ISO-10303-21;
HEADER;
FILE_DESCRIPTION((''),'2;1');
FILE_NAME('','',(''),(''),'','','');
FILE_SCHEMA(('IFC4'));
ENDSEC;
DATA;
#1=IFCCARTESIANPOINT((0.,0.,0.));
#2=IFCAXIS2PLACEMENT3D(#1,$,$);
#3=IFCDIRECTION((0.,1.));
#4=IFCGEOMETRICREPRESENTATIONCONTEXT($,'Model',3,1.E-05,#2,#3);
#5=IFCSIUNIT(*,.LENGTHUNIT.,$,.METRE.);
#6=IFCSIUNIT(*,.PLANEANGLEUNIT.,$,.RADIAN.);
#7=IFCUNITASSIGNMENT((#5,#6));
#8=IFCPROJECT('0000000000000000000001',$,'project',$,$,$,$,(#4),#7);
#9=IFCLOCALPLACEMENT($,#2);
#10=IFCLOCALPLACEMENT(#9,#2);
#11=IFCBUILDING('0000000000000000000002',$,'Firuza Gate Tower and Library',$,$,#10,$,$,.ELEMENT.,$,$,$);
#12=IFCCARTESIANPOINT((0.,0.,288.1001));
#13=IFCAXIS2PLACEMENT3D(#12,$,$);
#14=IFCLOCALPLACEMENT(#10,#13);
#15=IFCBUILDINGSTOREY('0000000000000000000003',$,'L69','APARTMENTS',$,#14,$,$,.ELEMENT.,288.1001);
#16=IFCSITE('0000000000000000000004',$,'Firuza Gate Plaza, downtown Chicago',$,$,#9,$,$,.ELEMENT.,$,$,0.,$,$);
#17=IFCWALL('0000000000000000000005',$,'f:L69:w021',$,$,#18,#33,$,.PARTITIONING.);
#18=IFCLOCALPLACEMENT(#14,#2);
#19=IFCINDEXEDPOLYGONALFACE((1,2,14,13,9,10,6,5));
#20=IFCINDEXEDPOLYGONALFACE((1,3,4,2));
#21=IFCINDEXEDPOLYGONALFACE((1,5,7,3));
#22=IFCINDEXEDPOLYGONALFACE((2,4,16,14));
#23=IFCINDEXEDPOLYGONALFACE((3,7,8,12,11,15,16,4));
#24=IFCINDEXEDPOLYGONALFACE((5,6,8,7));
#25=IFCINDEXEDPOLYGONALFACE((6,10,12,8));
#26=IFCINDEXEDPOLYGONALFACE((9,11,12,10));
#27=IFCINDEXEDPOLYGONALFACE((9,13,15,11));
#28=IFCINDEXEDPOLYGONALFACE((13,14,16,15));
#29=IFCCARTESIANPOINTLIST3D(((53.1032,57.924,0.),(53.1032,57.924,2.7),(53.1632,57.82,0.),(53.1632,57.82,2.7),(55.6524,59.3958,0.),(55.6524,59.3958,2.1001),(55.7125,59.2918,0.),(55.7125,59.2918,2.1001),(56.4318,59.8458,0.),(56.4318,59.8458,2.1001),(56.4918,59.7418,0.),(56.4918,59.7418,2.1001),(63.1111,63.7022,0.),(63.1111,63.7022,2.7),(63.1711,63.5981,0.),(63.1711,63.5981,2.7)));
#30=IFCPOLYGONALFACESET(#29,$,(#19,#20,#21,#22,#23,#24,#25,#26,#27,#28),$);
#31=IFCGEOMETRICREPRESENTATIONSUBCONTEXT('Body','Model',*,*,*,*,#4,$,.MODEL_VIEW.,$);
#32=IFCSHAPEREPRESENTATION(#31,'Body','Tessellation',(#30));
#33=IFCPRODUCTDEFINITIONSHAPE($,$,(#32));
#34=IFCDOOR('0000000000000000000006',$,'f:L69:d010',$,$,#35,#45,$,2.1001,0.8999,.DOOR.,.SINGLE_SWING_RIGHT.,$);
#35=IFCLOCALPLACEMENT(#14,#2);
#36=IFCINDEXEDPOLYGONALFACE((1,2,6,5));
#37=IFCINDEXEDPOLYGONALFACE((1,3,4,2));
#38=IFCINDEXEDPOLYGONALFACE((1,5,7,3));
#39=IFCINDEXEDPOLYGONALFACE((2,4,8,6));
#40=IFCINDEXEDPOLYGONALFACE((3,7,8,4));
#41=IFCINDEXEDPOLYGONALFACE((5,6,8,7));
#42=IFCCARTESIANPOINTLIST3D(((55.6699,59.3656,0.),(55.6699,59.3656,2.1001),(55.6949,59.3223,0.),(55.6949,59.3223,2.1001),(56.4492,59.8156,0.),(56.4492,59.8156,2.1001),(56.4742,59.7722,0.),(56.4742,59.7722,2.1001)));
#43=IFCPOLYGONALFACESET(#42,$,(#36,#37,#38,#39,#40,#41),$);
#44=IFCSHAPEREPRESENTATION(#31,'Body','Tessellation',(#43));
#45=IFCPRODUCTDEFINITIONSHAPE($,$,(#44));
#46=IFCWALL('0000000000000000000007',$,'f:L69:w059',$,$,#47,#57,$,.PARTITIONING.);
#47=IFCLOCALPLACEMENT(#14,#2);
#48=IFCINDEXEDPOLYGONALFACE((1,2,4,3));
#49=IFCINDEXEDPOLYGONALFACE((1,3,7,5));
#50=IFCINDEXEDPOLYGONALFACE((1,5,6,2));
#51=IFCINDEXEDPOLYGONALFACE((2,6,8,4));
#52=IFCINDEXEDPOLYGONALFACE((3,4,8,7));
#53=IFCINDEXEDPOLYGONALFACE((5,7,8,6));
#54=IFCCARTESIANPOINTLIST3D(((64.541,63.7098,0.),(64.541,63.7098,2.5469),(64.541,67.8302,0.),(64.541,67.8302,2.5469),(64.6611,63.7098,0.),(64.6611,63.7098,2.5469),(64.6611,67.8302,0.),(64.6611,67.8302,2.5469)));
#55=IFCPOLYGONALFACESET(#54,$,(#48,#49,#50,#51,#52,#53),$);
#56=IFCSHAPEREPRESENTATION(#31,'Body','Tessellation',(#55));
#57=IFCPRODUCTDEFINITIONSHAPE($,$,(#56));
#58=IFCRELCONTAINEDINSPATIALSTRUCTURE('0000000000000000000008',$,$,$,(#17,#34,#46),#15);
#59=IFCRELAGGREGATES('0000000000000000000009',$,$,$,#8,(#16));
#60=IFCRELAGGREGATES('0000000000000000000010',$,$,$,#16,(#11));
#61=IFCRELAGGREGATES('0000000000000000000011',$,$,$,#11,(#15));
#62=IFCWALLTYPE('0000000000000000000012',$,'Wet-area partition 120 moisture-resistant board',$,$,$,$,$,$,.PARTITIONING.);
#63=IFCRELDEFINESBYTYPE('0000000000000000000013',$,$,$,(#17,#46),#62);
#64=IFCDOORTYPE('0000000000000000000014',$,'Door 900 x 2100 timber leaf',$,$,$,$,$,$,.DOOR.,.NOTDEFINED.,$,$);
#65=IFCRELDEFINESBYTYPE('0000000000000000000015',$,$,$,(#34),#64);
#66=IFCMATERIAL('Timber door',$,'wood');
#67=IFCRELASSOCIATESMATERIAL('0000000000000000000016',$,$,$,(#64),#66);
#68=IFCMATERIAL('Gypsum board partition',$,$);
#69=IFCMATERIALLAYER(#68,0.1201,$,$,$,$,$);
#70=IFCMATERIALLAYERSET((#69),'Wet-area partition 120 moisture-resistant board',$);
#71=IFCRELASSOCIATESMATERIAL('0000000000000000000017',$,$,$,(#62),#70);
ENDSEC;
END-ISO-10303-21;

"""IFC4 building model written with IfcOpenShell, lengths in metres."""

from ifc_helpers import new_model, si_unit, direction, frame, frame_2d, origin, place, context, subcontext, project, spatial, rectangle, extrude, material, layer, layer_set, type_object, element, fill, save


model = new_model("IFC4")

# Units and contexts
model_context = context("Model", 3, precision=1e-05, world=origin(), true_north=direction((0.0, 1.0)))
body_context = subcontext(model_context, "Body", "Model", "MODEL_VIEW")
ifc_project = project(units=[si_unit("LENGTHUNIT", "METRE"), si_unit("PLANEANGLEUNIT", "RADIAN")], contexts=[model_context])

# Site, building, storey
site_placement = place(None, origin())
site = spatial("IfcSite", under=ifc_project, at=site_placement, Name="Firuza Gate Plaza, downtown Chicago", CompositionType="ELEMENT", RefElevation=0.0)
building_placement = place(site_placement, origin())
building = spatial("IfcBuilding", under=site, at=building_placement, Name="Firuza Gate Tower and Library", CompositionType="ELEMENT")
storey_placement = place(building_placement, frame((0.0, 0.0, 288.1001)))
storey = spatial("IfcBuildingStorey", under=building, at=storey_placement, Name="L69", Description="APARTMENTS", CompositionType="ELEMENT", Elevation=288.1001)

# Shared definitions
ifc_material_1 = material(Name="Timber door", Category="wood")
door_type_1 = type_object("IfcDoorType", Name="Door 900 x 2100 timber leaf", OperationType="NOTDEFINED", PredefinedType="DOOR", material=ifc_material_1)

# Shared definitions
ifc_material_2 = material(Name="Gypsum board partition")
ifc_layer_1 = layer(ifc_material_2, 0.1201)
ifc_layer_set_1 = layer_set([ifc_layer_1], Name="Wet-area partition 120 moisture-resistant board")
wall_type_1 = type_object("IfcWallType", Name="Wet-area partition 120 moisture-resistant board", PredefinedType="PARTITIONING", material=ifc_layer_set_1)

# Wall, opening, door
wall_1_placement = place(storey_placement, frame((63.1411, 63.6501, 0.0), z_axis=(0.0, 0.0, 1.0), x_axis=(-0.866023, -0.500004, 0.0)))
wall_1 = element("IfcWall", 1, at=wall_1_placement, inside=storey, type_object=wall_type_1, Name="f:L69:w021", PredefinedType="PARTITIONING", context=body_context, shape_type="SweptSolid", body=[
    extrude(rectangle(XDim=11.5562, YDim=0.1201, at=frame_2d((5.7781, 0.0))), origin(), (0.0, 0.0, 1.0), 2.7),
])
opening_1_placement = place(wall_1_placement, frame((7.7126, 0.0, 0.0)))
opening_1 = element("IfcOpeningElement", 2, at=opening_1_placement, cuts=wall_1, PredefinedType="OPENING", context=body_context, shape_type="SweptSolid", body=[
    extrude(rectangle(XDim=0.8999, YDim=2.1001, at=frame_2d((0.45, 1.05))), frame((0.0, 0.0701, 0.0), z_axis=(0.0, -1.0, 0.0), x_axis=(1.0, 0.0, 0.0)), (0.0, 0.0, 1.0), 0.1401),
])
door_1_placement = place(opening_1_placement, origin())
door_1 = element("IfcDoor", 3, at=door_1_placement, inside=storey, type_object=door_type_1, Name="f:L69:d010", OperationType="SINGLE_SWING_RIGHT", OverallHeight=2.1001, OverallWidth=0.8999, PredefinedType="DOOR", context=body_context, shape_type="SweptSolid", body=[
    extrude(rectangle(XDim=0.8999, YDim=2.1001, at=frame_2d((0.45, 1.05))), frame((0.0, 0.0249, 0.0), z_axis=(0.0, -1.0, 0.0), x_axis=(1.0, 0.0, 0.0)), (0.0, 0.0, 1.0), 0.05),
])
fill(opening_1, door_1)

# Wall
wall_2_placement = place(storey_placement, frame((64.6011, 63.71, 0.0), z_axis=(0.0, 0.0, 1.0), x_axis=(0.0, 1.0, 0.0)))
element("IfcWall", 4, at=wall_2_placement, inside=storey, type_object=wall_type_1, Name="f:L69:w059", PredefinedType="PARTITIONING", context=body_context, shape_type="SweptSolid", body=[
    extrude(rectangle(XDim=4.1204, YDim=0.1201, at=frame_2d((2.0601, 0.0))), origin(), (0.0, 0.0, 1.0), 2.5469),
])

save(model, "model.ifc")
